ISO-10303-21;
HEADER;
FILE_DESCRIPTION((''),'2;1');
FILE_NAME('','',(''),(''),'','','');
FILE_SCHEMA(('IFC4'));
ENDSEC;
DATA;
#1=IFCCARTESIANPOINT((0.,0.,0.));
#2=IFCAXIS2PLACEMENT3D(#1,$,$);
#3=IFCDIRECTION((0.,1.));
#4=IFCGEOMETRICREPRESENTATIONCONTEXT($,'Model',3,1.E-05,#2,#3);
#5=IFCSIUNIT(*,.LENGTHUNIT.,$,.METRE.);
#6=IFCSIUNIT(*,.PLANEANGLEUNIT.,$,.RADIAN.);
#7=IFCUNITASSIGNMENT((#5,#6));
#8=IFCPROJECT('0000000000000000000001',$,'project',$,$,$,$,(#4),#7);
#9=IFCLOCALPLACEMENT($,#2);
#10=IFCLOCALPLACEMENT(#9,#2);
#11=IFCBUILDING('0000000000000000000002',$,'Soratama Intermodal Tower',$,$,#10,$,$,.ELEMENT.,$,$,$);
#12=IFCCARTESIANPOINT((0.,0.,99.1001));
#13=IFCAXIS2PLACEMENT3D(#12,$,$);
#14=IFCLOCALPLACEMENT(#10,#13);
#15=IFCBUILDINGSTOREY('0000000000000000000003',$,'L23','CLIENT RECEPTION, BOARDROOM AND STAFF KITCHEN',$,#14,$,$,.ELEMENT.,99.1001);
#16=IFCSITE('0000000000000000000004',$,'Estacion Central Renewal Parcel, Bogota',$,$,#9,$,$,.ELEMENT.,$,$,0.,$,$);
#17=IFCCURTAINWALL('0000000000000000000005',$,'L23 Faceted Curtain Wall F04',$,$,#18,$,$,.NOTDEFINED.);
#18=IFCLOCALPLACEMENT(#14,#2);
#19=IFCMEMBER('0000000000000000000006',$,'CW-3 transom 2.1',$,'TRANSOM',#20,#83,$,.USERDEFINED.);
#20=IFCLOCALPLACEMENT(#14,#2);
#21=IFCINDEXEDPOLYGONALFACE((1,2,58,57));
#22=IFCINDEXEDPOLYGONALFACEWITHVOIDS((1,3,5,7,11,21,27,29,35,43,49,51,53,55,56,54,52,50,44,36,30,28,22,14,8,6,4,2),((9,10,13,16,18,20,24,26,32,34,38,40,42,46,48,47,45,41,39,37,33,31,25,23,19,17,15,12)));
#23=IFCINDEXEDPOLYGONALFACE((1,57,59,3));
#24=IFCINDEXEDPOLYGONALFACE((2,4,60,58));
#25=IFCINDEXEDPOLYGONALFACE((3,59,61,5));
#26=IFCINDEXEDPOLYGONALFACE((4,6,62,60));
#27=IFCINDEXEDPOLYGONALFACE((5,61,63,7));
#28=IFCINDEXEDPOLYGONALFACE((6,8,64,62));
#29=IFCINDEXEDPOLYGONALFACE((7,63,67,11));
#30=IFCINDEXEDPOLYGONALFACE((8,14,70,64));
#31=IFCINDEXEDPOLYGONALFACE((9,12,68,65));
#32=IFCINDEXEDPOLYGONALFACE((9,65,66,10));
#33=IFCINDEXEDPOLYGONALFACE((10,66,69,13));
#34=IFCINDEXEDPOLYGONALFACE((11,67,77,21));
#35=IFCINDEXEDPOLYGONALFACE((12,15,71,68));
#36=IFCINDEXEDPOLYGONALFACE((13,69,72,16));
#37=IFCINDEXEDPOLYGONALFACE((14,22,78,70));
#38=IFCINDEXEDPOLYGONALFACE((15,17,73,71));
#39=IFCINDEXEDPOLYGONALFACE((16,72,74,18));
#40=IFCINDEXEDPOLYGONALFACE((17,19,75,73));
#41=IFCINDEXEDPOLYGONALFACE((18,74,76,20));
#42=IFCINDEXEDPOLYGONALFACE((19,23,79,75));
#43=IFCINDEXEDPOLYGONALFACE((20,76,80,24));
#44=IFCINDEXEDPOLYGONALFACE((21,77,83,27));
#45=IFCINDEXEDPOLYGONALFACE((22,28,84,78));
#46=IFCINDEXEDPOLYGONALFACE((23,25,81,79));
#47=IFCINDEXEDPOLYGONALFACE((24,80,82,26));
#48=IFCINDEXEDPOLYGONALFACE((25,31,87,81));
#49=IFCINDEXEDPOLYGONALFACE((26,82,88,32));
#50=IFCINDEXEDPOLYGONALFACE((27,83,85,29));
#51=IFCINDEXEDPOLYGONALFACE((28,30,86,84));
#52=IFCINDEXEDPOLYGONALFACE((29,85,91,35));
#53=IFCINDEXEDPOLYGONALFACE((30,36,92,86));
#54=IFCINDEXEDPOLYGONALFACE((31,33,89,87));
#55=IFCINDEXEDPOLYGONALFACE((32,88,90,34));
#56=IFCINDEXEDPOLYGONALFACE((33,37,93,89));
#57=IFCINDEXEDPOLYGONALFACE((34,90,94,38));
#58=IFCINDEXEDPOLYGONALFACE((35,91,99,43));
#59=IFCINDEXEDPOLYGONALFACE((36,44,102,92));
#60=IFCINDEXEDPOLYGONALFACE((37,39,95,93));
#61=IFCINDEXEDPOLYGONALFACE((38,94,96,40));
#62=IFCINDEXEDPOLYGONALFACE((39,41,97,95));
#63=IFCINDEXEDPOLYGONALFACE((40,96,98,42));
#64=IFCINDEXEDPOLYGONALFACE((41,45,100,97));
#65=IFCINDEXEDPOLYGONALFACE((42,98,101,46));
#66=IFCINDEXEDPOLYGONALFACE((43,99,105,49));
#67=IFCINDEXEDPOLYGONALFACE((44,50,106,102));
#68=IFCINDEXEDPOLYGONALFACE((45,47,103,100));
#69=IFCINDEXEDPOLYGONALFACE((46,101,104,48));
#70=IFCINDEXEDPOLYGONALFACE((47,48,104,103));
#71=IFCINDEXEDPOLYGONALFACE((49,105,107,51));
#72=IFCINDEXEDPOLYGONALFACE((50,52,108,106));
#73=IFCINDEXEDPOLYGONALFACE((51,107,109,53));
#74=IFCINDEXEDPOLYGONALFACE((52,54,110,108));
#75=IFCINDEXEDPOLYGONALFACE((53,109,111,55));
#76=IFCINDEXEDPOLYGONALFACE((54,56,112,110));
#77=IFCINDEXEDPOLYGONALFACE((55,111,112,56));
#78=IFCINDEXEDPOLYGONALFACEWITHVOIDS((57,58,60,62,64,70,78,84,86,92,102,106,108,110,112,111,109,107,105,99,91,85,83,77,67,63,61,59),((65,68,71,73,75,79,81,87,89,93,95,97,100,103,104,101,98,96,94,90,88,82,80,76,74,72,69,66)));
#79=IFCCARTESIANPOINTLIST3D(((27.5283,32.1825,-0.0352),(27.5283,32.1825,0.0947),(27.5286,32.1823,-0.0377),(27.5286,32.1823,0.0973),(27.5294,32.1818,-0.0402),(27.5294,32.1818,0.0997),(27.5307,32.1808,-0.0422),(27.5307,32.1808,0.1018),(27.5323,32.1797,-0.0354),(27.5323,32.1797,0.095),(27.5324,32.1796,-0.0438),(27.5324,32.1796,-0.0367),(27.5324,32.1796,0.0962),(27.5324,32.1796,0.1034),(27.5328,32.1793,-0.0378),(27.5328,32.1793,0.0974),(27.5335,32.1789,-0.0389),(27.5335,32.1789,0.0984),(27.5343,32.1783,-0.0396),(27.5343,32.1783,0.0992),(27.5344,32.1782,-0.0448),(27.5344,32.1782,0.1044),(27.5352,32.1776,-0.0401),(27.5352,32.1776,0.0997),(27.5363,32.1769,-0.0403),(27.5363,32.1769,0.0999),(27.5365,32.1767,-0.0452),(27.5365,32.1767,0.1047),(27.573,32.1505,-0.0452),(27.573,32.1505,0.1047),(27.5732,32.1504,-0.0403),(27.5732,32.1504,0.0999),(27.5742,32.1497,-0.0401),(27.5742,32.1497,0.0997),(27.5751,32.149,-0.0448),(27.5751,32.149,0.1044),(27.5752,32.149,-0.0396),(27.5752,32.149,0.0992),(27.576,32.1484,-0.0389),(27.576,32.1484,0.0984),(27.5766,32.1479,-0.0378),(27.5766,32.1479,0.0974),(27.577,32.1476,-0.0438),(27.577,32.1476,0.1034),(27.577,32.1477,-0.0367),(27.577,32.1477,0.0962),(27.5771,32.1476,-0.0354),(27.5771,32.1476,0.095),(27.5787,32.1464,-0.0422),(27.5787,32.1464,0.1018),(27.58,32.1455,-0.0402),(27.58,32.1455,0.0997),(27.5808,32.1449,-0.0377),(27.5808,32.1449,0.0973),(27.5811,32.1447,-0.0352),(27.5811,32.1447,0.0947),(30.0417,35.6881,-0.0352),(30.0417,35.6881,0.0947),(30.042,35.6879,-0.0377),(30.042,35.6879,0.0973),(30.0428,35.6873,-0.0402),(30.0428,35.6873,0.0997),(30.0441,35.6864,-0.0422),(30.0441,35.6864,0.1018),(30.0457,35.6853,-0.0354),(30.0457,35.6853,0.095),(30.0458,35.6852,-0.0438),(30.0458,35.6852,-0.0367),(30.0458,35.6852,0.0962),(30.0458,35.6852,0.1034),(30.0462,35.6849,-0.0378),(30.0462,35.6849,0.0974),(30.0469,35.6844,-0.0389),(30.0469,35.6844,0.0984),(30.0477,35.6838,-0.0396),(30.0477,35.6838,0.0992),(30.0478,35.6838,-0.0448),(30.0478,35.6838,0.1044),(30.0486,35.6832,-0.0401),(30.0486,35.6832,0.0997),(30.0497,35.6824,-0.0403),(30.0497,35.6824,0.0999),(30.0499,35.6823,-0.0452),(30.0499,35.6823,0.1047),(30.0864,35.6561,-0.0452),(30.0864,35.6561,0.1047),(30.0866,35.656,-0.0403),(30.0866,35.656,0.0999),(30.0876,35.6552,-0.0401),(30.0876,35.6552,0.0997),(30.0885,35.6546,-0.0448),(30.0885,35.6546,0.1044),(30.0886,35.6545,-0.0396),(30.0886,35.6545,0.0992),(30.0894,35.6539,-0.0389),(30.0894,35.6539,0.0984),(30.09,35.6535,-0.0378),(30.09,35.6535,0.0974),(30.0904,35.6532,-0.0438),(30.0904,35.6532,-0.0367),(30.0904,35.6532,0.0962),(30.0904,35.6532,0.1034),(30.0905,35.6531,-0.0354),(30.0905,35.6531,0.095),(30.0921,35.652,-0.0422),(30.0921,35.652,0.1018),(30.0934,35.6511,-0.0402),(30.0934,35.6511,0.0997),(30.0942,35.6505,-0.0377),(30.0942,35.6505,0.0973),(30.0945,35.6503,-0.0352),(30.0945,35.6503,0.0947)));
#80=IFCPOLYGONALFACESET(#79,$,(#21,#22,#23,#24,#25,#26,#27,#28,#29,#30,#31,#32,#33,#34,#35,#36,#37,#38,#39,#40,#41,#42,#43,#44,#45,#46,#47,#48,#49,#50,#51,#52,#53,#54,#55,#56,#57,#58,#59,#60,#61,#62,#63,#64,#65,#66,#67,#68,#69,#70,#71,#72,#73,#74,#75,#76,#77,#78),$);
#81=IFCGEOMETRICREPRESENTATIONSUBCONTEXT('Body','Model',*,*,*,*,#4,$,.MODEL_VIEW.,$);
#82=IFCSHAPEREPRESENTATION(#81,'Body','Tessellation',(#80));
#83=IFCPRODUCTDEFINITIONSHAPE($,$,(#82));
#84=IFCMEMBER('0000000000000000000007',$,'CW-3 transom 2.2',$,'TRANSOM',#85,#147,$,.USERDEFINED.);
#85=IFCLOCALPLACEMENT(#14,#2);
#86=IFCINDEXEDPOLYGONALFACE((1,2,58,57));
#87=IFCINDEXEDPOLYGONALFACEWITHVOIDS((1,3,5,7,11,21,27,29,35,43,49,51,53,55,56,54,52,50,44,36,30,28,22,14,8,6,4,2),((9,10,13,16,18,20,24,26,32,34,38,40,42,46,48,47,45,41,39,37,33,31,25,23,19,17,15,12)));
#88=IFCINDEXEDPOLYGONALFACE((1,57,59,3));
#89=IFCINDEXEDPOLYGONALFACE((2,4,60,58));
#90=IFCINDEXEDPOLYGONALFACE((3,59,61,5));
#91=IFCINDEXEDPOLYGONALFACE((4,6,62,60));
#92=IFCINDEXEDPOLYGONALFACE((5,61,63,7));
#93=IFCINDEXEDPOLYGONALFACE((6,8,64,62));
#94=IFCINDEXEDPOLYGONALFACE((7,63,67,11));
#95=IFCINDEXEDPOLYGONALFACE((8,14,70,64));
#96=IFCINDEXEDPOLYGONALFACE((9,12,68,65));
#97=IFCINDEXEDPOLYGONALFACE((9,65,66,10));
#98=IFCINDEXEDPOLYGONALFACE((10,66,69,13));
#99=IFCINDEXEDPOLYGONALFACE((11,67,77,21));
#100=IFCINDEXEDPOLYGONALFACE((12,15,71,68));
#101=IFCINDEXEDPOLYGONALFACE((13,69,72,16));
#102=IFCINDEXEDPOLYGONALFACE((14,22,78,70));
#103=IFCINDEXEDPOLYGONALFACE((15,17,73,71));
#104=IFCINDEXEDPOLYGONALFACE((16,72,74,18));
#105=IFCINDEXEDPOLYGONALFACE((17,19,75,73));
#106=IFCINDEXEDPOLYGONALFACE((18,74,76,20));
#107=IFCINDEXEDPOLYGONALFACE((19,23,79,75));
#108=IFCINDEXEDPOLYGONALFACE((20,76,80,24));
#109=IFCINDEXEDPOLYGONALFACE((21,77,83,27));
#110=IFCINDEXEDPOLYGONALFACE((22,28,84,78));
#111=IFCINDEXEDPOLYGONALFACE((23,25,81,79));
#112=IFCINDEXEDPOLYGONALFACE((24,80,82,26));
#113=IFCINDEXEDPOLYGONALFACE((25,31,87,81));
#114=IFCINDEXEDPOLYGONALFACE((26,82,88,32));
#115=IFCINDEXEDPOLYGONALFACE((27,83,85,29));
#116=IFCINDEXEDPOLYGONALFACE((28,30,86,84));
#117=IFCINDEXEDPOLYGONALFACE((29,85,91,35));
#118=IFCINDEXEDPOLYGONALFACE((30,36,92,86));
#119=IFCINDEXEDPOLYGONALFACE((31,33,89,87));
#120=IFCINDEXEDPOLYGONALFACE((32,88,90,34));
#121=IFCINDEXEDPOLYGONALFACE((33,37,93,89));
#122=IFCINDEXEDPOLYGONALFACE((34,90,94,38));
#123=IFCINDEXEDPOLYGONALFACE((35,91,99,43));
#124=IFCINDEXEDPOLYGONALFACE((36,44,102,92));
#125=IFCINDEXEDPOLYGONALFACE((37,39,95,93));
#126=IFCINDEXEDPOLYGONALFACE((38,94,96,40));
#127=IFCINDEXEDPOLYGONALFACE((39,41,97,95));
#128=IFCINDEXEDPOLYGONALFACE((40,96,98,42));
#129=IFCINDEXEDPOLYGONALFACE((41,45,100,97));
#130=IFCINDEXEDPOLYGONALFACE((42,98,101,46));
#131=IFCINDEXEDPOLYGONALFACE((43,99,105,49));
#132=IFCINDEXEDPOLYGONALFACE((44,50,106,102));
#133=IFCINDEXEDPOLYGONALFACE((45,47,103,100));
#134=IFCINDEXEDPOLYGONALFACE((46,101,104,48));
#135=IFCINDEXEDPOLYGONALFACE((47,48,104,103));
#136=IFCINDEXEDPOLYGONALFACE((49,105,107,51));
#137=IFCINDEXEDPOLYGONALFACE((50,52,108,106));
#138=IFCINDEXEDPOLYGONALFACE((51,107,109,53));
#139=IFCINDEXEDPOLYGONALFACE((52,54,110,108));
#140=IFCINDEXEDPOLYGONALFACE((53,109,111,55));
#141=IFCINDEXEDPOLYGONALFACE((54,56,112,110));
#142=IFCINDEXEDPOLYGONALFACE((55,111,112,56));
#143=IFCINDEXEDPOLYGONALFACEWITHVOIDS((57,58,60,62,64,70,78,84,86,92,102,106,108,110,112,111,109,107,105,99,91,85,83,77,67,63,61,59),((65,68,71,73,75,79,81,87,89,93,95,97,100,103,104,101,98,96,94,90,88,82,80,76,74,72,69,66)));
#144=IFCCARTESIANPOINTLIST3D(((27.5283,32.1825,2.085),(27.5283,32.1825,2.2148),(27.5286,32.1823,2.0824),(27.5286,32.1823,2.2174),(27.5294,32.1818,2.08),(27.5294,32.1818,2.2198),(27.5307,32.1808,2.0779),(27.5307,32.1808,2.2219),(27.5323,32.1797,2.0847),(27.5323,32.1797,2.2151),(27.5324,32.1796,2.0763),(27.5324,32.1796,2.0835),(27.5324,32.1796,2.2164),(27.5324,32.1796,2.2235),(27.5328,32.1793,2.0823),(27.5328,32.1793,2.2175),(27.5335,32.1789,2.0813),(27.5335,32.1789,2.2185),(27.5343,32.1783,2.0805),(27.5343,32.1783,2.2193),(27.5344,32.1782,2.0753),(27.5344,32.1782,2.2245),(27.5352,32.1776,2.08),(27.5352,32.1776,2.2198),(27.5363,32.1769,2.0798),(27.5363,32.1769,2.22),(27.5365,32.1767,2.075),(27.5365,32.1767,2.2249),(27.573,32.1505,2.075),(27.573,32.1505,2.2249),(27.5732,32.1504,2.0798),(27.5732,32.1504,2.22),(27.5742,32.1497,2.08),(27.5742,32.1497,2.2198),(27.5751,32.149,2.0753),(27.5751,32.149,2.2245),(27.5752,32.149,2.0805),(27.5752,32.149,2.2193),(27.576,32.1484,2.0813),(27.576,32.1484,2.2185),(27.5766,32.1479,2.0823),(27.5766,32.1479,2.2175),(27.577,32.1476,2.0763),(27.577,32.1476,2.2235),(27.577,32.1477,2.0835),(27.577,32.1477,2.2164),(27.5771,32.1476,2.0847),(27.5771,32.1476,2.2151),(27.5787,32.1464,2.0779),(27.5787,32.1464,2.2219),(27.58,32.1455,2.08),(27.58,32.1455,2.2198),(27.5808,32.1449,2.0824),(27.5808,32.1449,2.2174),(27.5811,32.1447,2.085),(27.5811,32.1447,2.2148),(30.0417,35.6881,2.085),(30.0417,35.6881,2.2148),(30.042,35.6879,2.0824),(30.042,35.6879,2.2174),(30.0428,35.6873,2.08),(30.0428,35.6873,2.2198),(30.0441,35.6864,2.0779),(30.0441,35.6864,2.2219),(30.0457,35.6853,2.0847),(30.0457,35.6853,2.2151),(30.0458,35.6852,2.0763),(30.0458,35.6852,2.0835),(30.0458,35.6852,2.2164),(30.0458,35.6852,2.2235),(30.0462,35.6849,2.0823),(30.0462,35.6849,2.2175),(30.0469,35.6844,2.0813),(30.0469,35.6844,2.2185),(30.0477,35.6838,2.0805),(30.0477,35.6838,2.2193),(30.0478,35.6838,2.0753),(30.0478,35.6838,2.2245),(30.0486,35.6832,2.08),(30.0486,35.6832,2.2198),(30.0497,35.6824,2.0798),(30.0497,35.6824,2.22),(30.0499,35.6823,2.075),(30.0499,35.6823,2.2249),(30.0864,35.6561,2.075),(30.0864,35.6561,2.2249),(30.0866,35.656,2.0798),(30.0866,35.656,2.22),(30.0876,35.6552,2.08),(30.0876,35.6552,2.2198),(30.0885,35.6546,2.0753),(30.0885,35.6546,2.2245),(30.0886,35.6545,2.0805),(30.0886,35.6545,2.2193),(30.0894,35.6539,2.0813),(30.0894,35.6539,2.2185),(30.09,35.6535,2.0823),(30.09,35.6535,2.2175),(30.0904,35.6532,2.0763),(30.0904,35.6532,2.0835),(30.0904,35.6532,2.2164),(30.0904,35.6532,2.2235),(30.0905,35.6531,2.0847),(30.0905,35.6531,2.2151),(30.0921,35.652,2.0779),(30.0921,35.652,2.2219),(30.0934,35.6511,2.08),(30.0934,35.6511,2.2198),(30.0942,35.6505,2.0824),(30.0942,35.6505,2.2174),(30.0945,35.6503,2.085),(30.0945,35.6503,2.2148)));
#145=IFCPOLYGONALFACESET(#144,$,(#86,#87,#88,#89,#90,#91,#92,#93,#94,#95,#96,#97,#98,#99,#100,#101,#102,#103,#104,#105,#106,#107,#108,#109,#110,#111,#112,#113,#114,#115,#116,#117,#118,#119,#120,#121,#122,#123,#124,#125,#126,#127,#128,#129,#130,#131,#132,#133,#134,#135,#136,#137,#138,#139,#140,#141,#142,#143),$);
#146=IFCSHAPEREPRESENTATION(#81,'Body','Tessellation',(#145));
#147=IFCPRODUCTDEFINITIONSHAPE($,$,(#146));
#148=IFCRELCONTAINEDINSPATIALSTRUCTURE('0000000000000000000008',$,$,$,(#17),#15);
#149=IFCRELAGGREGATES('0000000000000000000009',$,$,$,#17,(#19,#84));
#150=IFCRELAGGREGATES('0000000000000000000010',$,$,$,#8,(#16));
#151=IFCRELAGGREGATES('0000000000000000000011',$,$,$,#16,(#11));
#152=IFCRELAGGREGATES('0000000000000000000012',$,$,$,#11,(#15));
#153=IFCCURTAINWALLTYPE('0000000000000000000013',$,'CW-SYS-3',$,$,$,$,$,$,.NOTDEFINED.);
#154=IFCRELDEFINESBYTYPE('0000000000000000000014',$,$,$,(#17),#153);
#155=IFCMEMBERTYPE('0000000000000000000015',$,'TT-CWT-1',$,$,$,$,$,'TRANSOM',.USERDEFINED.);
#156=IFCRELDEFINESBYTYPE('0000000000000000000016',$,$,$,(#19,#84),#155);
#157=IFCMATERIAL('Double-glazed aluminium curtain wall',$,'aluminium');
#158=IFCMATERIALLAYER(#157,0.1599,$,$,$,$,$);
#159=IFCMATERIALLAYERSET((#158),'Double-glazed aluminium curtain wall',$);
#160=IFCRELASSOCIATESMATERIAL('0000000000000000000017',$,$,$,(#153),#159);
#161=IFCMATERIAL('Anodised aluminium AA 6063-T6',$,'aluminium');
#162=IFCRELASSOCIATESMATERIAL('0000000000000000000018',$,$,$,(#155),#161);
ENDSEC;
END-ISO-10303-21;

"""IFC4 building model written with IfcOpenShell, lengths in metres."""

from ifc_helpers import new_model, si_unit, direction, frame, origin, origin_2d, place, context, subcontext, project, spatial, hollow_rectangle, extrude, material, layer, layer_set, material_profile, profile_set, type_object, element, aggregate, save


model = new_model("IFC4")

# Units and contexts
model_context = context("Model", 3, precision=1e-05, world=origin(), true_north=direction((0.0, 1.0)))
body_context = subcontext(model_context, "Body", "Model", "MODEL_VIEW")
ifc_project = project(units=[si_unit("LENGTHUNIT", "METRE"), si_unit("PLANEANGLEUNIT", "RADIAN")], contexts=[model_context])

# Site, building, storey
site_placement = place(None, origin())
site = spatial("IfcSite", under=ifc_project, at=site_placement, Name="Estacion Central Renewal Parcel, Bogota", CompositionType="ELEMENT", RefElevation=0.0)
building_placement = place(site_placement, origin())
building = spatial("IfcBuilding", under=site, at=building_placement, Name="Soratama Intermodal Tower", CompositionType="ELEMENT")
storey_placement = place(building_placement, frame((0.0, 0.0, 99.1001)))
storey = spatial("IfcBuildingStorey", under=building, at=storey_placement, Name="L23", Description="CLIENT RECEPTION, BOARDROOM AND STAFF KITCHEN", CompositionType="ELEMENT", Elevation=99.1001)

# Curtain wall, members
ifc_material_1 = material(Name="Double-glazed aluminium curtain wall", Category="aluminium")
ifc_layer_1 = layer(ifc_material_1, 0.1599)
ifc_layer_set_1 = layer_set([ifc_layer_1], Name="Double-glazed aluminium curtain wall")
curtain_wall_type = type_object("IfcCurtainWallType", Name="CW-SYS-3", PredefinedType="NOTDEFINED", material=ifc_layer_set_1)
curtain_wall_placement = place(storey_placement, origin())
curtain_wall = element("IfcCurtainWall", 1, at=curtain_wall_placement, inside=storey, type_object=curtain_wall_type, Name="L23 Faceted Curtain Wall F04", PredefinedType="NOTDEFINED")
ifc_material_2 = material(Name="Anodised aluminium AA 6063-T6", Category="aluminium")
ifc_material_profile_1 = material_profile(ifc_material_2, hollow_rectangle(XDim=0.0649, YDim=0.1499, WallThickness=0.0049, InnerFilletRadius=0.0049, OuterFilletRadius=0.01, at=origin_2d()), Name="CWT150X65X5")
ifc_profile_set_1 = profile_set([ifc_material_profile_1], Name="Anodised aluminium AA 6063-T6")
member_type_1 = type_object("IfcMemberType", Name="TT-CWT-1", ElementType="TRANSOM", PredefinedType="USERDEFINED", material=ifc_profile_set_1)
member_1_placement = place(storey_placement, frame((30.0681, 35.6692, 0.0298), z_axis=(-0.582683, -0.8127, 0.0), x_axis=(0.8127, -0.582683, 0.0)))
member_1 = element("IfcMember", 2, at=member_1_placement, type_object=member_type_1, Name="CW-3 transom 2.1", ObjectType="TRANSOM", PredefinedType="USERDEFINED", context=body_context, shape_type="SweptSolid", body=[
    extrude(hollow_rectangle(XDim=0.0649, YDim=0.1499, WallThickness=0.0049, InnerFilletRadius=0.0049, OuterFilletRadius=0.01, at=origin_2d()), origin(), (0.0, 0.0, 1.0), 4.3135),
])
member_2_placement = place(storey_placement, frame((30.0681, 35.6692, 2.1499), z_axis=(-0.582683, -0.8127, 0.0), x_axis=(0.8127, -0.582683, 0.0)))
member_2 = element("IfcMember", 3, at=member_2_placement, type_object=member_type_1, Name="CW-3 transom 2.2", ObjectType="TRANSOM", PredefinedType="USERDEFINED", context=body_context, shape_type="SweptSolid", body=[
    extrude(hollow_rectangle(XDim=0.0649, YDim=0.1499, WallThickness=0.0049, InnerFilletRadius=0.0049, OuterFilletRadius=0.01, at=origin_2d()), origin(), (0.0, 0.0, 1.0), 4.3135),
])
aggregate(curtain_wall, [member_1, member_2])

save(model, "model.ifc")
